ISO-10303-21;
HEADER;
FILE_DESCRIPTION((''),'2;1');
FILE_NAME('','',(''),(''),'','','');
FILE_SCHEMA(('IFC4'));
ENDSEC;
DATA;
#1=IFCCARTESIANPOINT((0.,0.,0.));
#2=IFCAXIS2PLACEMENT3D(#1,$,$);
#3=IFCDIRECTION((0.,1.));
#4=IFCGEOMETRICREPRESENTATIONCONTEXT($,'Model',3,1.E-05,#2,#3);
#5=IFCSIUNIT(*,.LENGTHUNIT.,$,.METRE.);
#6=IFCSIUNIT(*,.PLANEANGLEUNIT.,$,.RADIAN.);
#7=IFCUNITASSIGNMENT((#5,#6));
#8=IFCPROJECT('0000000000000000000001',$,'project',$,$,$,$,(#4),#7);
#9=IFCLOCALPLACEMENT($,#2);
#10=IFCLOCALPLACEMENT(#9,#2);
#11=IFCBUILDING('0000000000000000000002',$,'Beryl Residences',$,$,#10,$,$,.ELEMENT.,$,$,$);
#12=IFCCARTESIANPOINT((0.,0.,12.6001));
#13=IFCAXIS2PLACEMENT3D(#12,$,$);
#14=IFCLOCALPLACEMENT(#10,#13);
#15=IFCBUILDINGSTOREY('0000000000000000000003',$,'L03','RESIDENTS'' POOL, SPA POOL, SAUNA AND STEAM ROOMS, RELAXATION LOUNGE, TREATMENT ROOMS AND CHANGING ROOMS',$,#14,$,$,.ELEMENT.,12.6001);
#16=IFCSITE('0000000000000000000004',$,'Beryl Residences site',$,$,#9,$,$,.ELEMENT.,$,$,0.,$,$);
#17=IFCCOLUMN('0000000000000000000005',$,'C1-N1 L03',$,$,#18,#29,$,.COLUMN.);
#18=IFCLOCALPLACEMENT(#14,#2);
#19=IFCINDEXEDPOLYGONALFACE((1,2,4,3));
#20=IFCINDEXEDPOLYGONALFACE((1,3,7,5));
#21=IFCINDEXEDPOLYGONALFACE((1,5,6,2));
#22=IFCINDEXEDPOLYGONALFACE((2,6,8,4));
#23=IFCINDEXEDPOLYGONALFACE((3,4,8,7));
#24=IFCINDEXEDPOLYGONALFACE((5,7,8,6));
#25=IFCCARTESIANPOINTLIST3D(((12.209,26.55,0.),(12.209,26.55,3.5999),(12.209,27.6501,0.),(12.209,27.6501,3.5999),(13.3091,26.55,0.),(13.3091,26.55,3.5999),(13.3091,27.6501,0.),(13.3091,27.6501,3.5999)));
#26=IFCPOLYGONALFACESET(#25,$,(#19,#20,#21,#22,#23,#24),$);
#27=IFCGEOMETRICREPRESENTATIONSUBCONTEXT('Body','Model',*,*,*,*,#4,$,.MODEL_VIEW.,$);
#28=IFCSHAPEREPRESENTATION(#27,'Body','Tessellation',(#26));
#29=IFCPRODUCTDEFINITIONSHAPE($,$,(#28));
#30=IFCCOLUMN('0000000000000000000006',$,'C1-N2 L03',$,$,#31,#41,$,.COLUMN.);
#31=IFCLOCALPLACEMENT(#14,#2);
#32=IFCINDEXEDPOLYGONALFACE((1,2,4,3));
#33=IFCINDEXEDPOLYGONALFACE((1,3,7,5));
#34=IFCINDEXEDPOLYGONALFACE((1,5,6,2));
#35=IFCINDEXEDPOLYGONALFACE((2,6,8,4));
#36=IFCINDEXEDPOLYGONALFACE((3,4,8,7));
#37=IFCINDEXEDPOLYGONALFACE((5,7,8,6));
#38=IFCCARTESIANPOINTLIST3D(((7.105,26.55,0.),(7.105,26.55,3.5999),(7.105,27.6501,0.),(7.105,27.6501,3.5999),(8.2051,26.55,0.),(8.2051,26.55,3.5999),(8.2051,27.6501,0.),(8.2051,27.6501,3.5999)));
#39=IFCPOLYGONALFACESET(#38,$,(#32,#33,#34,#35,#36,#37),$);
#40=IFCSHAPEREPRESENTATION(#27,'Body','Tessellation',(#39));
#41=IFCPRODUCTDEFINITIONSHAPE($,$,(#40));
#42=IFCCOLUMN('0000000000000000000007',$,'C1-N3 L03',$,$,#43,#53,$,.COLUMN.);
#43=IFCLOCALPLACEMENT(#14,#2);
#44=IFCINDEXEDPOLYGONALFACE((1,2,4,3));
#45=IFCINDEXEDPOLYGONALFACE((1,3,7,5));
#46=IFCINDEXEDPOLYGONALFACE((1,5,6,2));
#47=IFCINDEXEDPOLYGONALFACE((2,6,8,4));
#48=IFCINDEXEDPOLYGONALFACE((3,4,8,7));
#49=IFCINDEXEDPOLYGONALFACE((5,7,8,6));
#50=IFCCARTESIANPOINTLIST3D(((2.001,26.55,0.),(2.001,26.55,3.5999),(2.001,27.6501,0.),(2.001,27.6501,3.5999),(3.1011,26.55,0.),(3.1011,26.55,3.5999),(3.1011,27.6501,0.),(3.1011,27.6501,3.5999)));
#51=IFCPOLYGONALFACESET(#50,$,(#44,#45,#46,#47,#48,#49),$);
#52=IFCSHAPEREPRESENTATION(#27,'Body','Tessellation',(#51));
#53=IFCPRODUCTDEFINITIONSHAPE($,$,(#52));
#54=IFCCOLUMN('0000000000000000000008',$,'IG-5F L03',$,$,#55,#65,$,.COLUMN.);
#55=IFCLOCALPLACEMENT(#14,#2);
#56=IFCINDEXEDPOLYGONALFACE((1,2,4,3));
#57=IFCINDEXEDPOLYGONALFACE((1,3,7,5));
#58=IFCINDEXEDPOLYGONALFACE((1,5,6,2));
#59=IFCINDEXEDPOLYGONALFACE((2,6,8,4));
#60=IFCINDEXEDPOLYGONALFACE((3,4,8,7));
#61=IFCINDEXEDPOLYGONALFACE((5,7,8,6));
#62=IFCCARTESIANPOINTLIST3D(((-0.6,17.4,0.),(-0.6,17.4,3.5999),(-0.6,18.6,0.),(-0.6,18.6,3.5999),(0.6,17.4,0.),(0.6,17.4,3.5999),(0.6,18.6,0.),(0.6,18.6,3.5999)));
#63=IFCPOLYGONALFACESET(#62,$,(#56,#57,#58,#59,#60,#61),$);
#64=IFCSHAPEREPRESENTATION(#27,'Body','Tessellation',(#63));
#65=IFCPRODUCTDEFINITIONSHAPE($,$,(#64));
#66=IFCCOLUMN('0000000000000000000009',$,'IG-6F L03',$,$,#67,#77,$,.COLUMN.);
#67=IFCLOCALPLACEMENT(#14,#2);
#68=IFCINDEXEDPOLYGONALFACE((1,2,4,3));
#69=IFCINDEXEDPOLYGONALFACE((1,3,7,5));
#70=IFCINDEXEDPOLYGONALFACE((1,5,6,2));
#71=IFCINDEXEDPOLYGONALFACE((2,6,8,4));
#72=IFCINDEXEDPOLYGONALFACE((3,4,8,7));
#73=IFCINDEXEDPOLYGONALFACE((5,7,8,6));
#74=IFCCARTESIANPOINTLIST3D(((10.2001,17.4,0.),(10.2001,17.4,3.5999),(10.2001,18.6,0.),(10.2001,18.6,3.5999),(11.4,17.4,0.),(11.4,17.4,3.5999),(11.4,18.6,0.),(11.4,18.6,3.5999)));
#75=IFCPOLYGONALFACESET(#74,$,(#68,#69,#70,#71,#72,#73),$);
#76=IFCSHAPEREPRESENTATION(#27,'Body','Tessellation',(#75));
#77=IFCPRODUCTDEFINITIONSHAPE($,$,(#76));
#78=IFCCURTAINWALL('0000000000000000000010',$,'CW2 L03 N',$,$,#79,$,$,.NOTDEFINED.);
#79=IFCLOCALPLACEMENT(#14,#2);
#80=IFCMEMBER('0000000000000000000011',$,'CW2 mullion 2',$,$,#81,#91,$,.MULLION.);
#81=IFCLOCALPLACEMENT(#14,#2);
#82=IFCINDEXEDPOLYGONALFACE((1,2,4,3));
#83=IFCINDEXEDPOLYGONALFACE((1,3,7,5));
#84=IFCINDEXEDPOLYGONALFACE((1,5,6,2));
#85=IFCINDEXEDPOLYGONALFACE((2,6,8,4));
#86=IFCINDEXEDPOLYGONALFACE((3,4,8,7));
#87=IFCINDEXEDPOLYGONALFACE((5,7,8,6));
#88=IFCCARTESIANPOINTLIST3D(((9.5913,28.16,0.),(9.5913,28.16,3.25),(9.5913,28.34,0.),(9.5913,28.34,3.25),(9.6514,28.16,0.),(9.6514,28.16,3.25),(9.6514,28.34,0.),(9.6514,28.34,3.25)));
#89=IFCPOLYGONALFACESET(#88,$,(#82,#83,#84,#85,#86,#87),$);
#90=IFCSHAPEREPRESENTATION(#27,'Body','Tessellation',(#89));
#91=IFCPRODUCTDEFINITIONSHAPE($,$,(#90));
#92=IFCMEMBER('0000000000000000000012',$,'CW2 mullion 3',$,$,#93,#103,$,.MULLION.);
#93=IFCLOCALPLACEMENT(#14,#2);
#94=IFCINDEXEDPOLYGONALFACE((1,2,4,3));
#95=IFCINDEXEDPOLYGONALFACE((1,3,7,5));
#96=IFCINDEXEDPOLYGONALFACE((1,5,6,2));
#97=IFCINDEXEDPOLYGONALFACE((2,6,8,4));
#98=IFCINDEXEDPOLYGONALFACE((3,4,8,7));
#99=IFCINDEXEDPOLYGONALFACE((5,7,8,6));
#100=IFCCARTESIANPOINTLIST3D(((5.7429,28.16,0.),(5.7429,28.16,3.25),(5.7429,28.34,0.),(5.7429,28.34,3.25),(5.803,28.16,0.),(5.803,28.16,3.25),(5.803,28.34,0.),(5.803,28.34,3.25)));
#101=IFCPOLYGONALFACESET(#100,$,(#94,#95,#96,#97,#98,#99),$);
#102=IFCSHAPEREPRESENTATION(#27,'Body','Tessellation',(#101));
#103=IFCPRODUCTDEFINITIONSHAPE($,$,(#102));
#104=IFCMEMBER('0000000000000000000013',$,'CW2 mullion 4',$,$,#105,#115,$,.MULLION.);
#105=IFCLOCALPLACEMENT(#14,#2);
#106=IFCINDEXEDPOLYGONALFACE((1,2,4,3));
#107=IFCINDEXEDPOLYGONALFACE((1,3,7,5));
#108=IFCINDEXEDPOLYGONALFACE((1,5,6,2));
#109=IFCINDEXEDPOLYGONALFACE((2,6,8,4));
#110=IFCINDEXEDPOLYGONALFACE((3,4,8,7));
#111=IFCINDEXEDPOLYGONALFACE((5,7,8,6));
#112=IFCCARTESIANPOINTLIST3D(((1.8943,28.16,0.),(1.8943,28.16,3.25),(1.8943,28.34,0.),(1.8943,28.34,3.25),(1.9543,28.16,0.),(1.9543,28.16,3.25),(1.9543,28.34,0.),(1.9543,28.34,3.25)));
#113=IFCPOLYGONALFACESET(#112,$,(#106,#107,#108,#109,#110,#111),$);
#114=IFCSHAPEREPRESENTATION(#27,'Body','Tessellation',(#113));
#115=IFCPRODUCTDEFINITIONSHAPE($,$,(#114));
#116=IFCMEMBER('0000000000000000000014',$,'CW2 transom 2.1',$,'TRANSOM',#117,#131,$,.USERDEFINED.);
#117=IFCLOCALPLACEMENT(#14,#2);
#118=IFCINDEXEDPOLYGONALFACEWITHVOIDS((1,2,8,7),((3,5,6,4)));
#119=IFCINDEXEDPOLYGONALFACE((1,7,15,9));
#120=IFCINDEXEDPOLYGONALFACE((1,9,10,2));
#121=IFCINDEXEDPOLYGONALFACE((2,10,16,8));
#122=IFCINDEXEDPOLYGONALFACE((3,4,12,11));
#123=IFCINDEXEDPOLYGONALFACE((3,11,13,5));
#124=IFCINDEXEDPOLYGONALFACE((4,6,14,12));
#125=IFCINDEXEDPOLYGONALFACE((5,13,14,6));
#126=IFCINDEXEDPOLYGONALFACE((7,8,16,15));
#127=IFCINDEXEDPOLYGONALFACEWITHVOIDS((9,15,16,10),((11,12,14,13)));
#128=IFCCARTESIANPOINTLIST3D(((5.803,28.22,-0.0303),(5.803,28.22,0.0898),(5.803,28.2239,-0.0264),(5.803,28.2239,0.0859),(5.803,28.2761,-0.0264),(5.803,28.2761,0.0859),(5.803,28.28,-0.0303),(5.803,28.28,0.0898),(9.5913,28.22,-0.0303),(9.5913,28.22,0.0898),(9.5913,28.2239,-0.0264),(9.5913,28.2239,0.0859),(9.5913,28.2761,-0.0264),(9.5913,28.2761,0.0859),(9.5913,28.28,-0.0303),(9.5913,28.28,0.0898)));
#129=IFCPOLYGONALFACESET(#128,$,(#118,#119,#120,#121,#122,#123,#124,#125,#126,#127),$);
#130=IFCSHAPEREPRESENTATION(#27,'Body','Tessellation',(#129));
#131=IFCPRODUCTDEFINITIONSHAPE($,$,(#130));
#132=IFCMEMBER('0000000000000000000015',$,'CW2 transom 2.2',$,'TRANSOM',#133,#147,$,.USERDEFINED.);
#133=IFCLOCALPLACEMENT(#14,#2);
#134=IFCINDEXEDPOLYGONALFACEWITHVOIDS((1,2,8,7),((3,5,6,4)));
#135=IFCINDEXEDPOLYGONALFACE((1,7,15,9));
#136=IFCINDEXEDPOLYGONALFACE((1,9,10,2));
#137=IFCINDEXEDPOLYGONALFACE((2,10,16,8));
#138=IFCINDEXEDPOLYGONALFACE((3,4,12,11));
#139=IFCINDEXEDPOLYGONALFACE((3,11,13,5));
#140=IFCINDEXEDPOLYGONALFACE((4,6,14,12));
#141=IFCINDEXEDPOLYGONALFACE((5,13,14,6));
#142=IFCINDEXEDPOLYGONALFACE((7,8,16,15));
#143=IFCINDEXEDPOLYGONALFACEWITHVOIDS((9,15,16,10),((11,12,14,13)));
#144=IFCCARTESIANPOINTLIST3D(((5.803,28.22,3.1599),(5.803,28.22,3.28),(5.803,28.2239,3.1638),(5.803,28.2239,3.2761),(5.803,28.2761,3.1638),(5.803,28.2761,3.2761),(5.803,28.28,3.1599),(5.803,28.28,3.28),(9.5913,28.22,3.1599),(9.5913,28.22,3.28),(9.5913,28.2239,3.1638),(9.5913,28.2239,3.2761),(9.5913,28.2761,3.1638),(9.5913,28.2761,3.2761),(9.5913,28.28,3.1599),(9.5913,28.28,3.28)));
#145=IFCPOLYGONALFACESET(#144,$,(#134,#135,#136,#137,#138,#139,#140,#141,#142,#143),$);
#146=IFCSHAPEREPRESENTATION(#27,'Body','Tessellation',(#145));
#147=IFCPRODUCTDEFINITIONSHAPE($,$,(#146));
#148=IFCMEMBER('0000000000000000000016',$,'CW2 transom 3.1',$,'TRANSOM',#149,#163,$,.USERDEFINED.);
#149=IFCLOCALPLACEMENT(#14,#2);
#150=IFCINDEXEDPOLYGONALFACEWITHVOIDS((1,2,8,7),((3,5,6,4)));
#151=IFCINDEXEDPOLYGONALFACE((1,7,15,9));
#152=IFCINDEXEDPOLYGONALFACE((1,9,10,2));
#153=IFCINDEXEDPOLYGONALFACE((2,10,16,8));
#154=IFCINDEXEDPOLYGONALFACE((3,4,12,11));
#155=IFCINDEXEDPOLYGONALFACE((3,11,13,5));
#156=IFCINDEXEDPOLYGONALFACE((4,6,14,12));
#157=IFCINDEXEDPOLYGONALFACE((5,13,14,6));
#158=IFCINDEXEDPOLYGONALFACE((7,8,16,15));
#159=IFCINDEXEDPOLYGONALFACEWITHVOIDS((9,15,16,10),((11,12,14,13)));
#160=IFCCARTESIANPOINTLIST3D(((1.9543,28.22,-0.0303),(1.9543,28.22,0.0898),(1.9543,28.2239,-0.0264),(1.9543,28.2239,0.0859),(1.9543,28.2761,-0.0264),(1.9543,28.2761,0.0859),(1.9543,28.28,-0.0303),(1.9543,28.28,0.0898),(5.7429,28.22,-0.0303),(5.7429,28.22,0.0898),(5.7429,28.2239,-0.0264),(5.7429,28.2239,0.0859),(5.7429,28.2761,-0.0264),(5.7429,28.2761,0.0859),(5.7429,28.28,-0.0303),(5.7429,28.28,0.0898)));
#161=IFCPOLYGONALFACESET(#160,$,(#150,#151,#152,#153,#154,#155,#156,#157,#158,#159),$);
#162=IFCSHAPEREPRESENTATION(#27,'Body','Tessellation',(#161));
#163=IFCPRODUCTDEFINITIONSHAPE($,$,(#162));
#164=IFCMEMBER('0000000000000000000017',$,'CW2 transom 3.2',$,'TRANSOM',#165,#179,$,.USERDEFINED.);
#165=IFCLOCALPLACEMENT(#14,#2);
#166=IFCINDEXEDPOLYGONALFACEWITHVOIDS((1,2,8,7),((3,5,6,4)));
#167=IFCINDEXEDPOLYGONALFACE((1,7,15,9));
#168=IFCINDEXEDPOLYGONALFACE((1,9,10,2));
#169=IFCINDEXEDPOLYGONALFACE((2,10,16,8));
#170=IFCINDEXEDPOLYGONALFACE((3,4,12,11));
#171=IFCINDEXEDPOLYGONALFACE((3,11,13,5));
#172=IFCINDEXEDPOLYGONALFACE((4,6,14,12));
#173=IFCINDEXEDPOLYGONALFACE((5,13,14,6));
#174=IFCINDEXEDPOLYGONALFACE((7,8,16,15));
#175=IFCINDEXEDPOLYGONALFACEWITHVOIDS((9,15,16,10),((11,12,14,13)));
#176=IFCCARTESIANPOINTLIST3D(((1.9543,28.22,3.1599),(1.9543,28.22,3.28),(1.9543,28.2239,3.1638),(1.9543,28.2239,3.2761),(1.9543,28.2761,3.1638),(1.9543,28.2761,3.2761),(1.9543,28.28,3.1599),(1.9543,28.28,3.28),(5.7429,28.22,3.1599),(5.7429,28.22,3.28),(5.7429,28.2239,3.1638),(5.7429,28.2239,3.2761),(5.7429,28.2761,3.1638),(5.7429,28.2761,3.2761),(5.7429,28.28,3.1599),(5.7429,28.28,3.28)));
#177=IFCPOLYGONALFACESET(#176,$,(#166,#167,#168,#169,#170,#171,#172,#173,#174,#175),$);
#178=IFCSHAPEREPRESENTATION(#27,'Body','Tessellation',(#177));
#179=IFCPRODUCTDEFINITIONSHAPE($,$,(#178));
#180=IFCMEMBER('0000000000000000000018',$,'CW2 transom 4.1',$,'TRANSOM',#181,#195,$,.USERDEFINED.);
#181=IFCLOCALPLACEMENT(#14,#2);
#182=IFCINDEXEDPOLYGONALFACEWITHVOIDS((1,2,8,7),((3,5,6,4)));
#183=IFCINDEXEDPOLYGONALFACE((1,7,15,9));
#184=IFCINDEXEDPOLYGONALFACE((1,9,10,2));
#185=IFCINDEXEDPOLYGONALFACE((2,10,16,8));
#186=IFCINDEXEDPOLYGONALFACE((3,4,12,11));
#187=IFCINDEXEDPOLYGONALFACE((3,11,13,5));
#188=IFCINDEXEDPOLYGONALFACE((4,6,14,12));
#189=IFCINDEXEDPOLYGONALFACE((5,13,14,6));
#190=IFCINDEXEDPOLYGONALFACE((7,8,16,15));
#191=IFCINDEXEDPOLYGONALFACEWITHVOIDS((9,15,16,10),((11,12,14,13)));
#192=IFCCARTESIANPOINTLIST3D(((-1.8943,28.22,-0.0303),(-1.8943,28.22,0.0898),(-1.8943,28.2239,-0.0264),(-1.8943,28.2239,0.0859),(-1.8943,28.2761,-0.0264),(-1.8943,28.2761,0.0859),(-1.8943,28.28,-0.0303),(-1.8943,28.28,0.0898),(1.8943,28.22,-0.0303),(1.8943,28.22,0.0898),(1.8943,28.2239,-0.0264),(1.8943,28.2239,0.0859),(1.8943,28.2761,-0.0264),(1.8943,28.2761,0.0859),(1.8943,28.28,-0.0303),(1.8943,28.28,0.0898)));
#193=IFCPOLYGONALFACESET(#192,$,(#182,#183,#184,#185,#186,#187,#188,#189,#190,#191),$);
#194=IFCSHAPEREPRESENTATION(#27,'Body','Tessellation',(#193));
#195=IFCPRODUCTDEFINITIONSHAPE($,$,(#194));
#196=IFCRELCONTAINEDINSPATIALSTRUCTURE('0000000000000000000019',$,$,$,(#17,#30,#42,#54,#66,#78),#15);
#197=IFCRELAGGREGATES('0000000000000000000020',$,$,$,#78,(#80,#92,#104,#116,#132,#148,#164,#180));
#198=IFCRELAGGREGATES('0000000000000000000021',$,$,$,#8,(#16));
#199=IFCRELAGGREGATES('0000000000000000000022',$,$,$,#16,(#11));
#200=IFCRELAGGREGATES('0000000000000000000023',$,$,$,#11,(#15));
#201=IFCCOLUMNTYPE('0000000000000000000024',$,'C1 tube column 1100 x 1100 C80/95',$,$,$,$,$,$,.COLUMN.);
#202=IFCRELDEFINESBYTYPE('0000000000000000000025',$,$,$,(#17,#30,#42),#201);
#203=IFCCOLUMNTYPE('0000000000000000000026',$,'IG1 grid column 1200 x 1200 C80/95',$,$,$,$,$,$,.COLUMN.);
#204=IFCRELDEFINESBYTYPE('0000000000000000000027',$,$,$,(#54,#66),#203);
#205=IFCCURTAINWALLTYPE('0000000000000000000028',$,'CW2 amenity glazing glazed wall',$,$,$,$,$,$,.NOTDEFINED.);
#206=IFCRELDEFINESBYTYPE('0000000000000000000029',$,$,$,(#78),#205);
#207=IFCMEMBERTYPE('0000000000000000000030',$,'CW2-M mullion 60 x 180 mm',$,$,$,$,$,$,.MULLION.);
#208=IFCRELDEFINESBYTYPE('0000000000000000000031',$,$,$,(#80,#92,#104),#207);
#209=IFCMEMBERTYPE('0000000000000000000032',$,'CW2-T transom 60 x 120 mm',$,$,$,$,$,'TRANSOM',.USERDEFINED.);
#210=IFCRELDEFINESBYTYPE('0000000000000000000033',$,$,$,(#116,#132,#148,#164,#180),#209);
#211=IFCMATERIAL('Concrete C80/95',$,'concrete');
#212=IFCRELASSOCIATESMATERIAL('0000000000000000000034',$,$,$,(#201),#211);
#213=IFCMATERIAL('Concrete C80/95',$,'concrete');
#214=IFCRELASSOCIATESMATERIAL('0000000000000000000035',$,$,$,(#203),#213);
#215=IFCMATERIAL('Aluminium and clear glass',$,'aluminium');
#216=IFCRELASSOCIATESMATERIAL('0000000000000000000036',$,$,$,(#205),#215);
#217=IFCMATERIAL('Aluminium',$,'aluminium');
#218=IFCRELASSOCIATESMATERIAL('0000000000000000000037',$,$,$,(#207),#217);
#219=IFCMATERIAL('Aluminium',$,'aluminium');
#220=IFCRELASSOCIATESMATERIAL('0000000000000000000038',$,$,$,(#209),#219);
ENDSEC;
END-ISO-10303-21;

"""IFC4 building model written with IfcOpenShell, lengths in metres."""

from ifc_helpers import new_model, si_unit, direction, frame, origin, origin_2d, place, context, subcontext, project, spatial, rectangle, hollow_rectangle, extrude, material, material_profile, profile_set, type_object, element, aggregate, save


model = new_model("IFC4")

# Units and contexts
model_context = context("Model", 3, precision=1e-05, world=origin(), true_north=direction((0.0, 1.0)))
body_context = subcontext(model_context, "Body", "Model", "MODEL_VIEW")
ifc_project = project(units=[si_unit("LENGTHUNIT", "METRE"), si_unit("PLANEANGLEUNIT", "RADIAN")], contexts=[model_context])

# Site, building, storey
site_placement = place(None, origin())
site = spatial("IfcSite", under=ifc_project, at=site_placement, Name="Beryl Residences site", CompositionType="ELEMENT", RefElevation=0.0)
building_placement = place(site_placement, origin())
building = spatial("IfcBuilding", under=site, at=building_placement, Name="Beryl Residences", CompositionType="ELEMENT")
storey_placement = place(building_placement, frame((0.0, 0.0, 12.6001)))
storey = spatial("IfcBuildingStorey", under=building, at=storey_placement, Name="L03", Description="RESIDENTS' POOL, SPA POOL, SAUNA AND STEAM ROOMS, RELAXATION LOUNGE, TREATMENT ROOMS AND CHANGING ROOMS", CompositionType="ELEMENT", Elevation=12.6001)

# Columns
ifc_material_1 = material(Name="Concrete C80/95", Category="concrete")
ifc_material_profile_1 = material_profile(ifc_material_1, rectangle(XDim=1.1001, YDim=1.1001, at=origin_2d()))
ifc_profile_set_1 = profile_set([ifc_material_profile_1], Name="Concrete C80/95")
column_type_1 = type_object("IfcColumnType", Name="C1 tube column 1100 x 1100 C80/95", PredefinedType="COLUMN", material=ifc_profile_set_1)
for number, where, z_axis, x_axis, name in (
    (1, (12.759, 27.1001, 0.0), (0.0, 0.0, 1.0), (-1.0, 0.0, 0.0), "C1-N1 L03"),
    (2, (7.655, 27.1001, 0.0), (0.0, 0.0, 1.0), (-1.0, 0.0, 0.0), "C1-N2 L03"),
    (3, (2.551, 27.1001, 0.0), (0.0, 0.0, 1.0), (-1.0, 0.0, 0.0), "C1-N3 L03"),
):
    element("IfcColumn", number, at=place(storey_placement, frame(where, z_axis=z_axis, x_axis=x_axis)), inside=storey, type_object=column_type_1, Name=name, PredefinedType="COLUMN", context=body_context, shape_type="SweptSolid", body=[
        extrude(rectangle(XDim=1.1001, YDim=1.1001, at=origin_2d()), origin(), (0.0, 0.0, 1.0), 3.5999),
    ])
ifc_material_2 = material(Name="Concrete C80/95", Category="concrete")
ifc_material_profile_2 = material_profile(ifc_material_2, rectangle(XDim=1.2, YDim=1.2, at=origin_2d()))
ifc_profile_set_2 = profile_set([ifc_material_profile_2], Name="Concrete C80/95")
column_type_2 = type_object("IfcColumnType", Name="IG1 grid column 1200 x 1200 C80/95", PredefinedType="COLUMN", material=ifc_profile_set_2)
for number, where, z_axis, x_axis, name in (
    (4, (0.0, 18.0, 0.0), (0.0, 0.0, 1.0), (1.0, 0.0, 0.0), "IG-5F L03"),
    (5, (10.8, 18.0, 0.0), (0.0, 0.0, 1.0), (1.0, 0.0, 0.0), "IG-6F L03"),
):
    element("IfcColumn", number, at=place(storey_placement, frame(where, z_axis=z_axis, x_axis=x_axis)), inside=storey, type_object=column_type_2, Name=name, PredefinedType="COLUMN", context=body_context, shape_type="SweptSolid", body=[
        extrude(rectangle(XDim=1.2, YDim=1.2, at=origin_2d()), origin(), (0.0, 0.0, 1.0), 3.5999),
    ])

# Curtain wall, members
ifc_material_3 = material(Name="Aluminium and clear glass", Category="aluminium")
curtain_wall_type = type_object("IfcCurtainWallType", Name="CW2 amenity glazing glazed wall", PredefinedType="NOTDEFINED", material=ifc_material_3)
curtain_wall_placement = place(storey_placement, origin())
curtain_wall = element("IfcCurtainWall", 6, at=curtain_wall_placement, inside=storey, type_object=curtain_wall_type, Name="CW2 L03 N", PredefinedType="NOTDEFINED")
ifc_material_4 = material(Name="Aluminium", Category="aluminium")
ifc_material_profile_3 = material_profile(ifc_material_4, rectangle(XDim=0.0601, YDim=0.1799, at=origin_2d()))
ifc_profile_set_3 = profile_set([ifc_material_profile_3], Name="Aluminium")
member_type_1 = type_object("IfcMemberType", Name="CW2-M mullion 60 x 180 mm", PredefinedType="MULLION", material=ifc_profile_set_3)
member_1_placement = place(storey_placement, frame((9.6213, 28.25, 0.0), z_axis=(0.0, 0.0, 1.0), x_axis=(-1.0, 0.0, 0.0)))
member_1 = element("IfcMember", 7, at=member_1_placement, type_object=member_type_1, Name="CW2 mullion 2", PredefinedType="MULLION", context=body_context, shape_type="SweptSolid", body=[
    extrude(rectangle(XDim=0.0601, YDim=0.1799, at=origin_2d()), origin(), (0.0, 0.0, 1.0), 3.25),
])
member_2_placement = place(storey_placement, frame((5.7729, 28.25, 0.0), z_axis=(0.0, 0.0, 1.0), x_axis=(-1.0, 0.0, 0.0)))
member_2 = element("IfcMember", 8, at=member_2_placement, type_object=member_type_1, Name="CW2 mullion 3", PredefinedType="MULLION", context=body_context, shape_type="SweptSolid", body=[
    extrude(rectangle(XDim=0.0601, YDim=0.1799, at=origin_2d()), origin(), (0.0, 0.0, 1.0), 3.25),
])
member_3_placement = place(storey_placement, frame((1.9243, 28.25, 0.0), z_axis=(0.0, 0.0, 1.0), x_axis=(-1.0, 0.0, 0.0)))
member_3 = element("IfcMember", 9, at=member_3_placement, type_object=member_type_1, Name="CW2 mullion 4", PredefinedType="MULLION", context=body_context, shape_type="SweptSolid", body=[
    extrude(rectangle(XDim=0.0601, YDim=0.1799, at=origin_2d()), origin(), (0.0, 0.0, 1.0), 3.25),
])
ifc_material_5 = material(Name="Aluminium", Category="aluminium")
ifc_material_profile_4 = material_profile(ifc_material_5, hollow_rectangle(XDim=0.0601, YDim=0.1201, WallThickness=0.0039, at=origin_2d()))
ifc_profile_set_4 = profile_set([ifc_material_profile_4], Name="Aluminium")
member_type_2 = type_object("IfcMemberType", Name="CW2-T transom 60 x 120 mm", ElementType="TRANSOM", PredefinedType="USERDEFINED", material=ifc_profile_set_4)
member_4_placement = place(storey_placement, frame((9.5913, 28.25, 0.0298), z_axis=(-1.0, 0.0, 0.0), x_axis=(0.0, -1.0, 0.0)))
member_4 = element("IfcMember", 10, at=member_4_placement, type_object=member_type_2, Name="CW2 transom 2.1", ObjectType="TRANSOM", PredefinedType="USERDEFINED", context=body_context, shape_type="SweptSolid", body=[
    extrude(hollow_rectangle(XDim=0.0601, YDim=0.1201, WallThickness=0.0039, at=origin_2d()), origin(), (0.0, 0.0, 1.0), 3.7883),
])
member_5_placement = place(storey_placement, frame((9.5913, 28.25, 3.22), z_axis=(-1.0, 0.0, 0.0), x_axis=(0.0, -1.0, 0.0)))
member_5 = element("IfcMember", 11, at=member_5_placement, type_object=member_type_2, Name="CW2 transom 2.2", ObjectType="TRANSOM", PredefinedType="USERDEFINED", context=body_context, shape_type="SweptSolid", body=[
    extrude(hollow_rectangle(XDim=0.0601, YDim=0.1201, WallThickness=0.0039, at=origin_2d()), origin(), (0.0, 0.0, 1.0), 3.7883),
])
member_6_placement = place(storey_placement, frame((5.7429, 28.25, 0.0298), z_axis=(-1.0, 0.0, 0.0), x_axis=(0.0, -1.0, 0.0)))
member_6 = element("IfcMember", 12, at=member_6_placement, type_object=member_type_2, Name="CW2 transom 3.1", ObjectType="TRANSOM", PredefinedType="USERDEFINED", context=body_context, shape_type="SweptSolid", body=[
    extrude(hollow_rectangle(XDim=0.0601, YDim=0.1201, WallThickness=0.0039, at=origin_2d()), origin(), (0.0, 0.0, 1.0), 3.7886),
])
member_7_placement = place(storey_placement, frame((5.7429, 28.25, 3.22), z_axis=(-1.0, 0.0, 0.0), x_axis=(0.0, -1.0, 0.0)))
member_7 = element("IfcMember", 13, at=member_7_placement, type_object=member_type_2, Name="CW2 transom 3.2", ObjectType="TRANSOM", PredefinedType="USERDEFINED", context=body_context, shape_type="SweptSolid", body=[
    extrude(hollow_rectangle(XDim=0.0601, YDim=0.1201, WallThickness=0.0039, at=origin_2d()), origin(), (0.0, 0.0, 1.0), 3.7886),
])
member_8_placement = place(storey_placement, frame((1.8943, 28.25, 0.0298), z_axis=(-1.0, 0.0, 0.0), x_axis=(0.0, -1.0, 0.0)))
member_8 = element("IfcMember", 14, at=member_8_placement, type_object=member_type_2, Name="CW2 transom 4.1", ObjectType="TRANSOM", PredefinedType="USERDEFINED", context=body_context, shape_type="SweptSolid", body=[
    extrude(hollow_rectangle(XDim=0.0601, YDim=0.1201, WallThickness=0.0039, at=origin_2d()), origin(), (0.0, 0.0, 1.0), 3.7886),
])

aggregate(curtain_wall, [member_1, member_2, member_3, member_4, member_5, member_6, member_7, member_8])

save(model, "model.ifc")
